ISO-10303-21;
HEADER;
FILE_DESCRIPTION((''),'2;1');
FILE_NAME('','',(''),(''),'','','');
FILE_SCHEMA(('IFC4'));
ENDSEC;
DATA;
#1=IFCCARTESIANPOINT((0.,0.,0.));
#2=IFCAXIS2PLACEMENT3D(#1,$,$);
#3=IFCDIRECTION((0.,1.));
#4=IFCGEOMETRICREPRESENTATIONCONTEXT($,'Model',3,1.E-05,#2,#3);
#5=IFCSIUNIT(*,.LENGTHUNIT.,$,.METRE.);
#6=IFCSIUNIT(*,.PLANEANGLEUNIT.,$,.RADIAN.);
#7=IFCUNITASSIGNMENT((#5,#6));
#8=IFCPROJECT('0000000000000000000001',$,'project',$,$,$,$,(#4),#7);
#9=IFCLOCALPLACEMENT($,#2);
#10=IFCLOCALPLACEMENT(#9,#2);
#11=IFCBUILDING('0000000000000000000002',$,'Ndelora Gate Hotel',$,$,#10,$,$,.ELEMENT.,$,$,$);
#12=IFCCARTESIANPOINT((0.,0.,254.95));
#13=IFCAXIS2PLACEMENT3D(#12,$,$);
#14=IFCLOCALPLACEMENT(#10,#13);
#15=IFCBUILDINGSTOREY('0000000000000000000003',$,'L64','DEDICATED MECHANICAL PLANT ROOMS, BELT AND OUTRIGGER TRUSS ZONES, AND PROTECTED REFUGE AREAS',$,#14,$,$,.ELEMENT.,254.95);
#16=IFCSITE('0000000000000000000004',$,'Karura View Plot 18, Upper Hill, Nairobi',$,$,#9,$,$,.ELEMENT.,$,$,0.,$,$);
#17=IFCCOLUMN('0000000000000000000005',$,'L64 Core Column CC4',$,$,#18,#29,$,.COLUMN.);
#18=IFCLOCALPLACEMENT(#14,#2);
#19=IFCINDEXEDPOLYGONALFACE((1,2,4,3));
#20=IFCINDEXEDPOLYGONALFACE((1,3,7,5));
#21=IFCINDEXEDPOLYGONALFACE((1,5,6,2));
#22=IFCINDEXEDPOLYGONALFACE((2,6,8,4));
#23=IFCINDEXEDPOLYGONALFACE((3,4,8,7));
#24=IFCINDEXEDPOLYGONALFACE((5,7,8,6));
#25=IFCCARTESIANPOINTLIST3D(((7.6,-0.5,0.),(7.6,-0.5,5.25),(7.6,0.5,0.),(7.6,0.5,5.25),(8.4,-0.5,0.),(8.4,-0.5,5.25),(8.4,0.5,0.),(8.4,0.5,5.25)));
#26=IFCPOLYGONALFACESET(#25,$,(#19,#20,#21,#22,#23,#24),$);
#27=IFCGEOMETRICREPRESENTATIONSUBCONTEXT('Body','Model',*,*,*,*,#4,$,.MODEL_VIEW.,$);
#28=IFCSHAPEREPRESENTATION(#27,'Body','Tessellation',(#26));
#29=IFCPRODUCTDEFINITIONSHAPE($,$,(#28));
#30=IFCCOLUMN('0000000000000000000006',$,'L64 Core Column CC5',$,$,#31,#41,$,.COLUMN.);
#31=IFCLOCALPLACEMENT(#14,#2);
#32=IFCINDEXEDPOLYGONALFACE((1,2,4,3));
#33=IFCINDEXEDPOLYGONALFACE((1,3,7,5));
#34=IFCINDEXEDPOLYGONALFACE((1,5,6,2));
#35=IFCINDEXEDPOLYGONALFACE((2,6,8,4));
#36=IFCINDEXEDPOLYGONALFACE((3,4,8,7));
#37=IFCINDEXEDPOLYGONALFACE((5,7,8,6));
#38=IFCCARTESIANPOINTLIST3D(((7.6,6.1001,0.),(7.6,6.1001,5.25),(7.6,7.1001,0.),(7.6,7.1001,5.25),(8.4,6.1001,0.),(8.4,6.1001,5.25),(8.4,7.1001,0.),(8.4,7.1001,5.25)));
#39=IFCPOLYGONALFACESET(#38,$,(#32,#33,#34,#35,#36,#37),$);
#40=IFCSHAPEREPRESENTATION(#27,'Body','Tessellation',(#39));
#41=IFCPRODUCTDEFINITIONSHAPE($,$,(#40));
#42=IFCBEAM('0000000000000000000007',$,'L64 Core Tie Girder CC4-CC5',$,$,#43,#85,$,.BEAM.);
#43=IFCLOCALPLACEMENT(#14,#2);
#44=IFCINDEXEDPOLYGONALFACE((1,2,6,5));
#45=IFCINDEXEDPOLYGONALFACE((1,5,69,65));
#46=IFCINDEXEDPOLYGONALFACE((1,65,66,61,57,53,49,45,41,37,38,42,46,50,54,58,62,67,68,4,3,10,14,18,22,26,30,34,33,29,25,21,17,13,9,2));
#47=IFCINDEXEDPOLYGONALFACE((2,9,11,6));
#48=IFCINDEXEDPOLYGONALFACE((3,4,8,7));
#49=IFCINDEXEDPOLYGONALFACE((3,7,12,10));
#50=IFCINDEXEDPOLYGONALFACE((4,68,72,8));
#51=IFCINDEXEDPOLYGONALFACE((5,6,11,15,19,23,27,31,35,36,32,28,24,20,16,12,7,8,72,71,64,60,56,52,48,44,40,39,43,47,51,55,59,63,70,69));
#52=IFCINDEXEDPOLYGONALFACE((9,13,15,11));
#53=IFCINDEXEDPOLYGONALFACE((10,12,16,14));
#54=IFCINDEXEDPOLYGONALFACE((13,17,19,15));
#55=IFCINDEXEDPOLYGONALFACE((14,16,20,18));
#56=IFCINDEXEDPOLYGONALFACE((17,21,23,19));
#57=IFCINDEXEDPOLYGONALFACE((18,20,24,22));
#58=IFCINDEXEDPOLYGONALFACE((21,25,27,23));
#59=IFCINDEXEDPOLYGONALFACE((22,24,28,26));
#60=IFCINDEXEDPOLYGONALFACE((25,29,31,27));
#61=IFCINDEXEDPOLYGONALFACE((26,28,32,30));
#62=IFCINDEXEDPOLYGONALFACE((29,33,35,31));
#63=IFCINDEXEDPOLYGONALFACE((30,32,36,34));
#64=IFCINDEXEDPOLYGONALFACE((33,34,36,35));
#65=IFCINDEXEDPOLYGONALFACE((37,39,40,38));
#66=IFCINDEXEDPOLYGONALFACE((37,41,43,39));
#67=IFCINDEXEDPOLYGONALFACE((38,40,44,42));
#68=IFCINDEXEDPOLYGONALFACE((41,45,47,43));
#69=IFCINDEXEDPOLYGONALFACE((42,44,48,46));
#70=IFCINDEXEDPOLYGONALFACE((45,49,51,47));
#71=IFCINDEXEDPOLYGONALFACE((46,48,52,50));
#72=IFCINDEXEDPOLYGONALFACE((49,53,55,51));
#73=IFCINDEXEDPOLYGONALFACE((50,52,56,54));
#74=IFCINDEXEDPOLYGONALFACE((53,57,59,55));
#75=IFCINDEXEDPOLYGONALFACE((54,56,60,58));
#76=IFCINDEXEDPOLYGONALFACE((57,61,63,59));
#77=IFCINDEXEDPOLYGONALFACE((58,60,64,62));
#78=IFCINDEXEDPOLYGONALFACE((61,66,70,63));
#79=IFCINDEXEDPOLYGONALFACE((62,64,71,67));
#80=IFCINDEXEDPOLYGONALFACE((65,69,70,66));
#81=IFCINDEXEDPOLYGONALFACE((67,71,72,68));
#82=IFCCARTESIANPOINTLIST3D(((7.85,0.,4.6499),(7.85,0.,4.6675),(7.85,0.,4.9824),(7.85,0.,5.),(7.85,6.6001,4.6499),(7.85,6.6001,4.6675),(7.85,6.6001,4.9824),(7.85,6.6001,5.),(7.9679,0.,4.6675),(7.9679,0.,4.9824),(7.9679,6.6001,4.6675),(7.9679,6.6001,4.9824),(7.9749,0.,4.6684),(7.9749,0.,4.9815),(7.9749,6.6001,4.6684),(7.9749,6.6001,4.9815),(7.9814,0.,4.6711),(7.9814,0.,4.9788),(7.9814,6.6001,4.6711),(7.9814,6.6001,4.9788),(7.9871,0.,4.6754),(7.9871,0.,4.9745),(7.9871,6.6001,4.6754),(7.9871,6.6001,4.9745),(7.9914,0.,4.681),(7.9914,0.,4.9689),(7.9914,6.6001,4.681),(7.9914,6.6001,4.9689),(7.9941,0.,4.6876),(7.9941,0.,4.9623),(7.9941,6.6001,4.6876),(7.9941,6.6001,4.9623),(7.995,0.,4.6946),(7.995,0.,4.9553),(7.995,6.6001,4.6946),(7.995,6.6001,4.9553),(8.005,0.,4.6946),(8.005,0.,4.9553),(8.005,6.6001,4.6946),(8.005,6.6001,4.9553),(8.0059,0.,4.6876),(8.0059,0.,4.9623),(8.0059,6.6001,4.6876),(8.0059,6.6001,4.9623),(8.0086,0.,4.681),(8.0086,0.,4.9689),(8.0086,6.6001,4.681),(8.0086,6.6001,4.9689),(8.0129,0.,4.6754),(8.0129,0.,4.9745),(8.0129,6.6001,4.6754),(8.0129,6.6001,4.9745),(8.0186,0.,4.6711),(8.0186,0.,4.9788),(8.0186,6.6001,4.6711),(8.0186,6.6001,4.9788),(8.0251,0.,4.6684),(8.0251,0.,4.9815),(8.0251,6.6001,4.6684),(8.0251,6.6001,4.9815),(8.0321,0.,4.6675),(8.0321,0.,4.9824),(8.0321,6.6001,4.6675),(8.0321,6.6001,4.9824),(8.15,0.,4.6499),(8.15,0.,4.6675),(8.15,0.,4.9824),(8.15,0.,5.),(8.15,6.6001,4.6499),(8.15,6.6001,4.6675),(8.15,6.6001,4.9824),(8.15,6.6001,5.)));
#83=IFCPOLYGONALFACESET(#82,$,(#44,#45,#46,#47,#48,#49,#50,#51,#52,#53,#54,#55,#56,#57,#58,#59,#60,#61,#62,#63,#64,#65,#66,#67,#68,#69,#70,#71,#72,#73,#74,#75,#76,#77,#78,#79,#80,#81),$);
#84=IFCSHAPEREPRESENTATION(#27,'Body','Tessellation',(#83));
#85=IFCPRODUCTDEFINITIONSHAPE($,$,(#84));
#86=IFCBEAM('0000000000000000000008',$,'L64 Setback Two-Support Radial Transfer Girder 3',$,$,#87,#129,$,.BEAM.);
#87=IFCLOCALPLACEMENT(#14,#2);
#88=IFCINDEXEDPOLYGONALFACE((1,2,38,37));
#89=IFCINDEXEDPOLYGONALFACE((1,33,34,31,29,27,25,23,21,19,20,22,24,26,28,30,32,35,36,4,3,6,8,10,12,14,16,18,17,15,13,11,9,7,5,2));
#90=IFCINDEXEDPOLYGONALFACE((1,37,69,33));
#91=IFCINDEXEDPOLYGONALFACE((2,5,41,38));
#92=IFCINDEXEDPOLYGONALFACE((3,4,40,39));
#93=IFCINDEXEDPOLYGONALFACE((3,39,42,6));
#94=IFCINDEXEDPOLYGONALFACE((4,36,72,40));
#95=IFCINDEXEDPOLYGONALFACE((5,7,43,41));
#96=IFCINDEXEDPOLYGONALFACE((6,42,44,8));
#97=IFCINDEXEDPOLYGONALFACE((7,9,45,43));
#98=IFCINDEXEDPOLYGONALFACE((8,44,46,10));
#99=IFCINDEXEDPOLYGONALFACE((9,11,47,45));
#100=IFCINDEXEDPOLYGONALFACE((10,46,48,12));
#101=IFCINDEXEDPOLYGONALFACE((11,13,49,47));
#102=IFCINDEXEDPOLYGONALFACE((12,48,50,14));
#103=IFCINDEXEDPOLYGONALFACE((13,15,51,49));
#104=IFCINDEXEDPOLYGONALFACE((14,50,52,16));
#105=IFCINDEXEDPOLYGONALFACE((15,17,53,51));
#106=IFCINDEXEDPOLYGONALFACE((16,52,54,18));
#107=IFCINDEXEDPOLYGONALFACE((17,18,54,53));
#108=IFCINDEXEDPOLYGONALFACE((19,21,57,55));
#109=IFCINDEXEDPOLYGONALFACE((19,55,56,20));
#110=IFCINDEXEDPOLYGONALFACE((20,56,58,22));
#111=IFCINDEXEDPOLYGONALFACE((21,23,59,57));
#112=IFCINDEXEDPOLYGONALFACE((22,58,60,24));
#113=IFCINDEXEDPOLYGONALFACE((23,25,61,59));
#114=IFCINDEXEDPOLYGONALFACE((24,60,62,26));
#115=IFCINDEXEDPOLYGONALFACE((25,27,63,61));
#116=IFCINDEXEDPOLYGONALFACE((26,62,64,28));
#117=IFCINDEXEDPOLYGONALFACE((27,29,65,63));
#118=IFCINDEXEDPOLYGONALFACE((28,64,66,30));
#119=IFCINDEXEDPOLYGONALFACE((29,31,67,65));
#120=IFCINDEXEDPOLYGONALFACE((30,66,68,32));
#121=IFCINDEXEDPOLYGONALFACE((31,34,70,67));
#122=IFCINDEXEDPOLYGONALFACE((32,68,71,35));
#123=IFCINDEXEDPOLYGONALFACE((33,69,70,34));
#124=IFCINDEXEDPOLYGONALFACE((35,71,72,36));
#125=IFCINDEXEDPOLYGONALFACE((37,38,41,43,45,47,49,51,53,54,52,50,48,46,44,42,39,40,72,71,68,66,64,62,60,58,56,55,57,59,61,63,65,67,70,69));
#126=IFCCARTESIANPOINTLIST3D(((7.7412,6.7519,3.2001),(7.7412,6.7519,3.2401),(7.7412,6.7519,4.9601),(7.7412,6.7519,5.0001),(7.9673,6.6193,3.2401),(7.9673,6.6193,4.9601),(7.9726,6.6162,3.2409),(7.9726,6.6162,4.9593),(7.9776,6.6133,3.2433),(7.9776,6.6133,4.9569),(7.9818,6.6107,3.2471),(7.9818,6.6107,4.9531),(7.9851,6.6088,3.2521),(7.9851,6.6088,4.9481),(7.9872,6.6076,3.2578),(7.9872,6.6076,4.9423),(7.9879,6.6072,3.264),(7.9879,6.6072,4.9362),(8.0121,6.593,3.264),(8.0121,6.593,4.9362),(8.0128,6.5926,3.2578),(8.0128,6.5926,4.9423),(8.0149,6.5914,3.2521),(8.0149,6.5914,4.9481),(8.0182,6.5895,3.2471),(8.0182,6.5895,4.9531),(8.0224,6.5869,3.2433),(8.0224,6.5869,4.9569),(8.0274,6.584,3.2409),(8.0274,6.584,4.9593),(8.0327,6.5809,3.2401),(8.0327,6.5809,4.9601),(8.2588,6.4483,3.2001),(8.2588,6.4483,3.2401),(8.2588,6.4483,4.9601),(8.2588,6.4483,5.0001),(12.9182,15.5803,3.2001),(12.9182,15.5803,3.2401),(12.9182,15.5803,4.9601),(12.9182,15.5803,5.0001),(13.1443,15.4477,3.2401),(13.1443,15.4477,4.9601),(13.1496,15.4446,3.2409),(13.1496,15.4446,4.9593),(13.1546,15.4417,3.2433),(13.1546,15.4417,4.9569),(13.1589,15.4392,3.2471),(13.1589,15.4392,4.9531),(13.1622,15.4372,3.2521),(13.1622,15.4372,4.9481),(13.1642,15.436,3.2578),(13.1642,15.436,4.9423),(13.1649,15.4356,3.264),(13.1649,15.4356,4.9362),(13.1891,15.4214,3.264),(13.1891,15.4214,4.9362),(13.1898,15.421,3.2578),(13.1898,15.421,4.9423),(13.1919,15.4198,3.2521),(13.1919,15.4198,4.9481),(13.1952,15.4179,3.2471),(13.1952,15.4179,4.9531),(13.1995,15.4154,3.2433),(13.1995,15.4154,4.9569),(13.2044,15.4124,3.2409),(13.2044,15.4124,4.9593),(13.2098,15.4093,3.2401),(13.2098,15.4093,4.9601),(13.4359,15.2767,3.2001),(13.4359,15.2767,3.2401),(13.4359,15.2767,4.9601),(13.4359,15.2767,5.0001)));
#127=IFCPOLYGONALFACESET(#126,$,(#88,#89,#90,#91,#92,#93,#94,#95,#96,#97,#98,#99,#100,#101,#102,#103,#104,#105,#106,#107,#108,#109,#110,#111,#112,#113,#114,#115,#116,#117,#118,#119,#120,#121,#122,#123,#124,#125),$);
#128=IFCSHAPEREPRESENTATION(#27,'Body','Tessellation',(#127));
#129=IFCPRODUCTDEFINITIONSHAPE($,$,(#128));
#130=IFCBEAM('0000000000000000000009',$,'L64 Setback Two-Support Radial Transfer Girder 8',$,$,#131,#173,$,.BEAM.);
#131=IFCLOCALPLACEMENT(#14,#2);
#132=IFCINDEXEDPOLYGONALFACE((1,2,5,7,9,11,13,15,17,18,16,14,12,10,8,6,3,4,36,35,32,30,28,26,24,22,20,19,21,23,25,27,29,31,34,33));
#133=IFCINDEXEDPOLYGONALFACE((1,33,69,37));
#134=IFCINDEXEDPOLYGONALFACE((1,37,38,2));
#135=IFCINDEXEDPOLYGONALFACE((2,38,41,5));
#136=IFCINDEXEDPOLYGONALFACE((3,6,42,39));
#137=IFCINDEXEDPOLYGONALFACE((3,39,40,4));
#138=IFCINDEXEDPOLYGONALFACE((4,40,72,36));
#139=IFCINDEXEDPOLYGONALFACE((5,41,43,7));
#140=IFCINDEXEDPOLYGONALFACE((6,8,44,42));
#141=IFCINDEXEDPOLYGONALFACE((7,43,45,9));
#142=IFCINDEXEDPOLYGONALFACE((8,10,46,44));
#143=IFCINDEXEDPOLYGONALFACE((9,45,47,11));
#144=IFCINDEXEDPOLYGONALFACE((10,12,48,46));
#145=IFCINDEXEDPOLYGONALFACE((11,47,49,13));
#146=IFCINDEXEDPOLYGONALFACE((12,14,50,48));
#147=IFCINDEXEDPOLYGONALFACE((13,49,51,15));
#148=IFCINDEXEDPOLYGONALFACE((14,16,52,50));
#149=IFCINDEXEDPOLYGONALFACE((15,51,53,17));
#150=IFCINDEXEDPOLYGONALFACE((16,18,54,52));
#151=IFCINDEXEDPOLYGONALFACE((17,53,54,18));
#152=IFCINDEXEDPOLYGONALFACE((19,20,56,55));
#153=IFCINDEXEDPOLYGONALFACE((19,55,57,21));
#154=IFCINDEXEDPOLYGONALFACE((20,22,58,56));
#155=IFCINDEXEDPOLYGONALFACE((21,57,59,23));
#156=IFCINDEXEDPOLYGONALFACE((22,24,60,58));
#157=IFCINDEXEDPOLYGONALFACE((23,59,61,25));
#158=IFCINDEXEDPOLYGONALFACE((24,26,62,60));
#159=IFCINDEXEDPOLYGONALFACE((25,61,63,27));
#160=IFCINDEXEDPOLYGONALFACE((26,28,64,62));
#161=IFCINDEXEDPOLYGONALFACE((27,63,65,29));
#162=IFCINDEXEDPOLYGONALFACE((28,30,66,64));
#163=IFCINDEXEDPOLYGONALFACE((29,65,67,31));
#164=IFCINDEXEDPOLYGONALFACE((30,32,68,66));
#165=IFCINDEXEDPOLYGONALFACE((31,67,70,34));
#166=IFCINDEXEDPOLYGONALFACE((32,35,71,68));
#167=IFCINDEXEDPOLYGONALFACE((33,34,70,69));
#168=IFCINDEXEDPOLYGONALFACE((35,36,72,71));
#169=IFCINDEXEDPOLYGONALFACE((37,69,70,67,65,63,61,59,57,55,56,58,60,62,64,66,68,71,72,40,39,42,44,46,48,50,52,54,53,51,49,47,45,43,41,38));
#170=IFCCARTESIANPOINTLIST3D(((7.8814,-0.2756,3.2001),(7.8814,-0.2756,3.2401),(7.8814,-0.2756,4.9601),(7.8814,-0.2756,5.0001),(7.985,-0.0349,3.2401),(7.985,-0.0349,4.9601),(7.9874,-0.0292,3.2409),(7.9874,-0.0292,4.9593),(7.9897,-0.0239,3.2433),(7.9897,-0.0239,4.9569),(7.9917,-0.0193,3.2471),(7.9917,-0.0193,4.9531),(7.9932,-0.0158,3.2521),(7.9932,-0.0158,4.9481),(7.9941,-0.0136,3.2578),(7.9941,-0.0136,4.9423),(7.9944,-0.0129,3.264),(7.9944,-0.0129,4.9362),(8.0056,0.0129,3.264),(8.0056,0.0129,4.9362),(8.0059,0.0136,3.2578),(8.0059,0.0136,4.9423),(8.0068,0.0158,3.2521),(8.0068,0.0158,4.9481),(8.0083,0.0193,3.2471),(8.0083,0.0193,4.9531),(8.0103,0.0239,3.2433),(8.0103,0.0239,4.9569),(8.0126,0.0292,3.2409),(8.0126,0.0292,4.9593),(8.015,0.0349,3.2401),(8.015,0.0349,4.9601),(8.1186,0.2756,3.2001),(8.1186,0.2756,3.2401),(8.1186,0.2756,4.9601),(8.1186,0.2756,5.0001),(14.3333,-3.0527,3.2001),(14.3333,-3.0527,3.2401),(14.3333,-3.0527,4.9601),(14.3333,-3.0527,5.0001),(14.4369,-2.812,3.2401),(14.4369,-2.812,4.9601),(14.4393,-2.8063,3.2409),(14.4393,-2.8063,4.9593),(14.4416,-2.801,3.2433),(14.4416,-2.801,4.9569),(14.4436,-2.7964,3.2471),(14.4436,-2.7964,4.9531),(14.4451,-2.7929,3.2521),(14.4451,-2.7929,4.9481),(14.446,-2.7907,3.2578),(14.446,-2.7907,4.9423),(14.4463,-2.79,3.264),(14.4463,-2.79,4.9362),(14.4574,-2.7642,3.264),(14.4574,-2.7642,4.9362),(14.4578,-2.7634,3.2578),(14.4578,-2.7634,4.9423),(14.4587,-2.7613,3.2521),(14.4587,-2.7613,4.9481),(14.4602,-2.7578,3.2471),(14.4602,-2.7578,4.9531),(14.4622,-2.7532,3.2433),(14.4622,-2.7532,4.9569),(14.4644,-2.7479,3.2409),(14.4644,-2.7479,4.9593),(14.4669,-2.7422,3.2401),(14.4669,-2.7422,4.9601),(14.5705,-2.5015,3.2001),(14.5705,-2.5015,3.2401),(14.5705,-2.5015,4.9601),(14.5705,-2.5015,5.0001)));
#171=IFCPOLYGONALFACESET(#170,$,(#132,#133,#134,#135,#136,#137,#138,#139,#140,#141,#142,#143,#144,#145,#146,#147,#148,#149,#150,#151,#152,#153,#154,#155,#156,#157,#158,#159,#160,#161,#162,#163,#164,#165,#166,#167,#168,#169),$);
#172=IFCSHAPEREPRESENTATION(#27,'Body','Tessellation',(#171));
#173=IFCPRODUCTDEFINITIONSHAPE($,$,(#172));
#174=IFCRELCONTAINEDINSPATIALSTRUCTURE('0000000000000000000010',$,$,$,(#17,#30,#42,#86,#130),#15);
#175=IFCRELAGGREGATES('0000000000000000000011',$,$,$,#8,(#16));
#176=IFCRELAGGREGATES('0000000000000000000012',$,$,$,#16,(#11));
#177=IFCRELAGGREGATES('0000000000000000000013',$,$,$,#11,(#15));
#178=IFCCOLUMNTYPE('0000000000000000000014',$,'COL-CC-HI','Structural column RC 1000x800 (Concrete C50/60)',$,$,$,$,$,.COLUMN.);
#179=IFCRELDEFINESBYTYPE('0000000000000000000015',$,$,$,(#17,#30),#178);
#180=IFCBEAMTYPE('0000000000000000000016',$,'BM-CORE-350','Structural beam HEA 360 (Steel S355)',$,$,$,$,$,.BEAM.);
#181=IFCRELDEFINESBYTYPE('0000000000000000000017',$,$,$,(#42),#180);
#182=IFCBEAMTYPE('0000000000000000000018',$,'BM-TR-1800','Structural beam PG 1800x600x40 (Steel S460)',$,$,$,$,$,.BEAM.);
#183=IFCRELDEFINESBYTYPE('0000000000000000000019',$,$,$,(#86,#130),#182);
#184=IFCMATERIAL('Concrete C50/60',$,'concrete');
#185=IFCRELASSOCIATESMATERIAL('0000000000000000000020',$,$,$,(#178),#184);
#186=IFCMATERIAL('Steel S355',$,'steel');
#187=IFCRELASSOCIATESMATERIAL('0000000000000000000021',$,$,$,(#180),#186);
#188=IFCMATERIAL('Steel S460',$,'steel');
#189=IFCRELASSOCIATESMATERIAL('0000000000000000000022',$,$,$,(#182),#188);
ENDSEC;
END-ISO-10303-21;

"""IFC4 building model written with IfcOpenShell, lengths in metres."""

from ifc_helpers import new_model, si_unit, direction, frame, origin, origin_2d, place, context, subcontext, project, spatial, rectangle, i_section, extrude, material, material_profile, profile_set, type_object, element, save


model = new_model("IFC4")

# Units and contexts
model_context = context("Model", 3, precision=1e-05, world=origin(), true_north=direction((0.0, 1.0)))
body_context = subcontext(model_context, "Body", "Model", "MODEL_VIEW")
ifc_project = project(units=[si_unit("LENGTHUNIT", "METRE"), si_unit("PLANEANGLEUNIT", "RADIAN")], contexts=[model_context])

# Site, building, storey
site_placement = place(None, origin())
site = spatial("IfcSite", under=ifc_project, at=site_placement, Name="Karura View Plot 18, Upper Hill, Nairobi", CompositionType="ELEMENT", RefElevation=0.0)
building_placement = place(site_placement, origin())
building = spatial("IfcBuilding", under=site, at=building_placement, Name="Ndelora Gate Hotel", CompositionType="ELEMENT")
storey_placement = place(building_placement, frame((0.0, 0.0, 254.95)))
storey = spatial("IfcBuildingStorey", under=building, at=storey_placement, Name="L64", Description="DEDICATED MECHANICAL PLANT ROOMS, BELT AND OUTRIGGER TRUSS ZONES, AND PROTECTED REFUGE AREAS", CompositionType="ELEMENT", Elevation=254.95)

# Columns
ifc_material_1 = material(Name="Concrete C50/60", Category="concrete")
ifc_material_profile_1 = material_profile(ifc_material_1, rectangle(XDim=0.8, YDim=1.0, at=origin_2d()), Name="RC 1000x800")
ifc_profile_set_1 = profile_set([ifc_material_profile_1], Name="Concrete C50/60")
column_type = type_object("IfcColumnType", Name="COL-CC-HI", Description="Structural column RC 1000x800 (Concrete C50/60)", PredefinedType="COLUMN", material=ifc_profile_set_1)
for number, where, z_axis, x_axis, name in (
    (1, (8.0, 0.0, 0.0), (0.0, 0.0, 1.0), (1.0, 0.0, 0.0), "L64 Core Column CC4"),
    (2, (8.0, 6.6001, 0.0), (0.0, 0.0, 1.0), (1.0, 0.0, 0.0), "L64 Core Column CC5"),
):
    element("IfcColumn", number, at=place(storey_placement, frame(where, z_axis=z_axis, x_axis=x_axis)), inside=storey, type_object=column_type, Name=name, PredefinedType="COLUMN", context=body_context, shape_type="SweptSolid", body=[
        extrude(rectangle(XDim=0.8, YDim=1.0, at=origin_2d()), origin(), (0.0, 0.0, 1.0), 5.25),
    ])

# Beams
ifc_material_2 = material(Name="Steel S355", Category="steel")
ifc_material_profile_2 = material_profile(ifc_material_2, i_section(OverallWidth=0.3, OverallDepth=0.3501, WebThickness=0.01, FlangeThickness=0.0176, FilletRadius=0.0271, at=origin_2d()), Name="HEA 360")
ifc_profile_set_2 = profile_set([ifc_material_profile_2], Name="Steel S355")
beam_type_1 = type_object("IfcBeamType", Name="BM-CORE-350", Description="Structural beam HEA 360 (Steel S355)", PredefinedType="BEAM", material=ifc_profile_set_2)
beam_1_placement = place(storey_placement, frame((8.0, 0.0, 4.825), z_axis=(0.0, 1.0, 0.0), x_axis=(-1.0, 0.0, 0.0)))
element("IfcBeam", 3, at=beam_1_placement, inside=storey, type_object=beam_type_1, Name="L64 Core Tie Girder CC4-CC5", PredefinedType="BEAM", context=body_context, shape_type="SweptSolid", body=[
    extrude(i_section(OverallWidth=0.3, OverallDepth=0.3501, WebThickness=0.01, FlangeThickness=0.0176, FilletRadius=0.0271, at=origin_2d()), origin(), (0.0, 0.0, 1.0), 6.6001),
])
ifc_material_3 = material(Name="Steel S460", Category="steel")
ifc_material_profile_3 = material_profile(ifc_material_3, i_section(OverallWidth=0.6001, OverallDepth=1.8, WebThickness=0.0281, FlangeThickness=0.04, FilletRadius=0.0239, at=origin_2d()), Name="PG 1800x600x40")
ifc_profile_set_3 = profile_set([ifc_material_profile_3], Name="Steel S460")
beam_type_2 = type_object("IfcBeamType", Name="BM-TR-1800", Description="Structural beam PG 1800x600x40 (Steel S460)", PredefinedType="BEAM", material=ifc_profile_set_3)
beam_2_placement = place(storey_placement, frame((8.0, 6.6001, 4.1001), z_axis=(0.505847, 0.862623, 0.0), x_axis=(-0.862623, 0.505847, 0.0)))
element("IfcBeam", 4, at=beam_2_placement, inside=storey, type_object=beam_type_2, Name="L64 Setback Two-Support Radial Transfer Girder 3", PredefinedType="BEAM", context=body_context, shape_type="SweptSolid", body=[
    extrude(i_section(OverallWidth=0.6001, OverallDepth=1.8, WebThickness=0.0281, FlangeThickness=0.04, FilletRadius=0.0239, at=origin_2d()), origin(), (0.0, 0.0, 1.0), 10.2344),
])
beam_3_placement = place(storey_placement, frame((8.0, 0.0, 4.1001), z_axis=(0.918525, -0.395362, 0.0), x_axis=(0.395362, 0.918525, 0.0)))
element("IfcBeam", 5, at=beam_3_placement, inside=storey, type_object=beam_type_2, Name="L64 Setback Two-Support Radial Transfer Girder 8", PredefinedType="BEAM", context=body_context, shape_type="SweptSolid", body=[
    extrude(i_section(OverallWidth=0.6001, OverallDepth=1.8, WebThickness=0.0281, FlangeThickness=0.04, FilletRadius=0.0239, at=origin_2d()), origin(), (0.0, 0.0, 1.0), 7.0242),
])

save(model, "model.ifc")
